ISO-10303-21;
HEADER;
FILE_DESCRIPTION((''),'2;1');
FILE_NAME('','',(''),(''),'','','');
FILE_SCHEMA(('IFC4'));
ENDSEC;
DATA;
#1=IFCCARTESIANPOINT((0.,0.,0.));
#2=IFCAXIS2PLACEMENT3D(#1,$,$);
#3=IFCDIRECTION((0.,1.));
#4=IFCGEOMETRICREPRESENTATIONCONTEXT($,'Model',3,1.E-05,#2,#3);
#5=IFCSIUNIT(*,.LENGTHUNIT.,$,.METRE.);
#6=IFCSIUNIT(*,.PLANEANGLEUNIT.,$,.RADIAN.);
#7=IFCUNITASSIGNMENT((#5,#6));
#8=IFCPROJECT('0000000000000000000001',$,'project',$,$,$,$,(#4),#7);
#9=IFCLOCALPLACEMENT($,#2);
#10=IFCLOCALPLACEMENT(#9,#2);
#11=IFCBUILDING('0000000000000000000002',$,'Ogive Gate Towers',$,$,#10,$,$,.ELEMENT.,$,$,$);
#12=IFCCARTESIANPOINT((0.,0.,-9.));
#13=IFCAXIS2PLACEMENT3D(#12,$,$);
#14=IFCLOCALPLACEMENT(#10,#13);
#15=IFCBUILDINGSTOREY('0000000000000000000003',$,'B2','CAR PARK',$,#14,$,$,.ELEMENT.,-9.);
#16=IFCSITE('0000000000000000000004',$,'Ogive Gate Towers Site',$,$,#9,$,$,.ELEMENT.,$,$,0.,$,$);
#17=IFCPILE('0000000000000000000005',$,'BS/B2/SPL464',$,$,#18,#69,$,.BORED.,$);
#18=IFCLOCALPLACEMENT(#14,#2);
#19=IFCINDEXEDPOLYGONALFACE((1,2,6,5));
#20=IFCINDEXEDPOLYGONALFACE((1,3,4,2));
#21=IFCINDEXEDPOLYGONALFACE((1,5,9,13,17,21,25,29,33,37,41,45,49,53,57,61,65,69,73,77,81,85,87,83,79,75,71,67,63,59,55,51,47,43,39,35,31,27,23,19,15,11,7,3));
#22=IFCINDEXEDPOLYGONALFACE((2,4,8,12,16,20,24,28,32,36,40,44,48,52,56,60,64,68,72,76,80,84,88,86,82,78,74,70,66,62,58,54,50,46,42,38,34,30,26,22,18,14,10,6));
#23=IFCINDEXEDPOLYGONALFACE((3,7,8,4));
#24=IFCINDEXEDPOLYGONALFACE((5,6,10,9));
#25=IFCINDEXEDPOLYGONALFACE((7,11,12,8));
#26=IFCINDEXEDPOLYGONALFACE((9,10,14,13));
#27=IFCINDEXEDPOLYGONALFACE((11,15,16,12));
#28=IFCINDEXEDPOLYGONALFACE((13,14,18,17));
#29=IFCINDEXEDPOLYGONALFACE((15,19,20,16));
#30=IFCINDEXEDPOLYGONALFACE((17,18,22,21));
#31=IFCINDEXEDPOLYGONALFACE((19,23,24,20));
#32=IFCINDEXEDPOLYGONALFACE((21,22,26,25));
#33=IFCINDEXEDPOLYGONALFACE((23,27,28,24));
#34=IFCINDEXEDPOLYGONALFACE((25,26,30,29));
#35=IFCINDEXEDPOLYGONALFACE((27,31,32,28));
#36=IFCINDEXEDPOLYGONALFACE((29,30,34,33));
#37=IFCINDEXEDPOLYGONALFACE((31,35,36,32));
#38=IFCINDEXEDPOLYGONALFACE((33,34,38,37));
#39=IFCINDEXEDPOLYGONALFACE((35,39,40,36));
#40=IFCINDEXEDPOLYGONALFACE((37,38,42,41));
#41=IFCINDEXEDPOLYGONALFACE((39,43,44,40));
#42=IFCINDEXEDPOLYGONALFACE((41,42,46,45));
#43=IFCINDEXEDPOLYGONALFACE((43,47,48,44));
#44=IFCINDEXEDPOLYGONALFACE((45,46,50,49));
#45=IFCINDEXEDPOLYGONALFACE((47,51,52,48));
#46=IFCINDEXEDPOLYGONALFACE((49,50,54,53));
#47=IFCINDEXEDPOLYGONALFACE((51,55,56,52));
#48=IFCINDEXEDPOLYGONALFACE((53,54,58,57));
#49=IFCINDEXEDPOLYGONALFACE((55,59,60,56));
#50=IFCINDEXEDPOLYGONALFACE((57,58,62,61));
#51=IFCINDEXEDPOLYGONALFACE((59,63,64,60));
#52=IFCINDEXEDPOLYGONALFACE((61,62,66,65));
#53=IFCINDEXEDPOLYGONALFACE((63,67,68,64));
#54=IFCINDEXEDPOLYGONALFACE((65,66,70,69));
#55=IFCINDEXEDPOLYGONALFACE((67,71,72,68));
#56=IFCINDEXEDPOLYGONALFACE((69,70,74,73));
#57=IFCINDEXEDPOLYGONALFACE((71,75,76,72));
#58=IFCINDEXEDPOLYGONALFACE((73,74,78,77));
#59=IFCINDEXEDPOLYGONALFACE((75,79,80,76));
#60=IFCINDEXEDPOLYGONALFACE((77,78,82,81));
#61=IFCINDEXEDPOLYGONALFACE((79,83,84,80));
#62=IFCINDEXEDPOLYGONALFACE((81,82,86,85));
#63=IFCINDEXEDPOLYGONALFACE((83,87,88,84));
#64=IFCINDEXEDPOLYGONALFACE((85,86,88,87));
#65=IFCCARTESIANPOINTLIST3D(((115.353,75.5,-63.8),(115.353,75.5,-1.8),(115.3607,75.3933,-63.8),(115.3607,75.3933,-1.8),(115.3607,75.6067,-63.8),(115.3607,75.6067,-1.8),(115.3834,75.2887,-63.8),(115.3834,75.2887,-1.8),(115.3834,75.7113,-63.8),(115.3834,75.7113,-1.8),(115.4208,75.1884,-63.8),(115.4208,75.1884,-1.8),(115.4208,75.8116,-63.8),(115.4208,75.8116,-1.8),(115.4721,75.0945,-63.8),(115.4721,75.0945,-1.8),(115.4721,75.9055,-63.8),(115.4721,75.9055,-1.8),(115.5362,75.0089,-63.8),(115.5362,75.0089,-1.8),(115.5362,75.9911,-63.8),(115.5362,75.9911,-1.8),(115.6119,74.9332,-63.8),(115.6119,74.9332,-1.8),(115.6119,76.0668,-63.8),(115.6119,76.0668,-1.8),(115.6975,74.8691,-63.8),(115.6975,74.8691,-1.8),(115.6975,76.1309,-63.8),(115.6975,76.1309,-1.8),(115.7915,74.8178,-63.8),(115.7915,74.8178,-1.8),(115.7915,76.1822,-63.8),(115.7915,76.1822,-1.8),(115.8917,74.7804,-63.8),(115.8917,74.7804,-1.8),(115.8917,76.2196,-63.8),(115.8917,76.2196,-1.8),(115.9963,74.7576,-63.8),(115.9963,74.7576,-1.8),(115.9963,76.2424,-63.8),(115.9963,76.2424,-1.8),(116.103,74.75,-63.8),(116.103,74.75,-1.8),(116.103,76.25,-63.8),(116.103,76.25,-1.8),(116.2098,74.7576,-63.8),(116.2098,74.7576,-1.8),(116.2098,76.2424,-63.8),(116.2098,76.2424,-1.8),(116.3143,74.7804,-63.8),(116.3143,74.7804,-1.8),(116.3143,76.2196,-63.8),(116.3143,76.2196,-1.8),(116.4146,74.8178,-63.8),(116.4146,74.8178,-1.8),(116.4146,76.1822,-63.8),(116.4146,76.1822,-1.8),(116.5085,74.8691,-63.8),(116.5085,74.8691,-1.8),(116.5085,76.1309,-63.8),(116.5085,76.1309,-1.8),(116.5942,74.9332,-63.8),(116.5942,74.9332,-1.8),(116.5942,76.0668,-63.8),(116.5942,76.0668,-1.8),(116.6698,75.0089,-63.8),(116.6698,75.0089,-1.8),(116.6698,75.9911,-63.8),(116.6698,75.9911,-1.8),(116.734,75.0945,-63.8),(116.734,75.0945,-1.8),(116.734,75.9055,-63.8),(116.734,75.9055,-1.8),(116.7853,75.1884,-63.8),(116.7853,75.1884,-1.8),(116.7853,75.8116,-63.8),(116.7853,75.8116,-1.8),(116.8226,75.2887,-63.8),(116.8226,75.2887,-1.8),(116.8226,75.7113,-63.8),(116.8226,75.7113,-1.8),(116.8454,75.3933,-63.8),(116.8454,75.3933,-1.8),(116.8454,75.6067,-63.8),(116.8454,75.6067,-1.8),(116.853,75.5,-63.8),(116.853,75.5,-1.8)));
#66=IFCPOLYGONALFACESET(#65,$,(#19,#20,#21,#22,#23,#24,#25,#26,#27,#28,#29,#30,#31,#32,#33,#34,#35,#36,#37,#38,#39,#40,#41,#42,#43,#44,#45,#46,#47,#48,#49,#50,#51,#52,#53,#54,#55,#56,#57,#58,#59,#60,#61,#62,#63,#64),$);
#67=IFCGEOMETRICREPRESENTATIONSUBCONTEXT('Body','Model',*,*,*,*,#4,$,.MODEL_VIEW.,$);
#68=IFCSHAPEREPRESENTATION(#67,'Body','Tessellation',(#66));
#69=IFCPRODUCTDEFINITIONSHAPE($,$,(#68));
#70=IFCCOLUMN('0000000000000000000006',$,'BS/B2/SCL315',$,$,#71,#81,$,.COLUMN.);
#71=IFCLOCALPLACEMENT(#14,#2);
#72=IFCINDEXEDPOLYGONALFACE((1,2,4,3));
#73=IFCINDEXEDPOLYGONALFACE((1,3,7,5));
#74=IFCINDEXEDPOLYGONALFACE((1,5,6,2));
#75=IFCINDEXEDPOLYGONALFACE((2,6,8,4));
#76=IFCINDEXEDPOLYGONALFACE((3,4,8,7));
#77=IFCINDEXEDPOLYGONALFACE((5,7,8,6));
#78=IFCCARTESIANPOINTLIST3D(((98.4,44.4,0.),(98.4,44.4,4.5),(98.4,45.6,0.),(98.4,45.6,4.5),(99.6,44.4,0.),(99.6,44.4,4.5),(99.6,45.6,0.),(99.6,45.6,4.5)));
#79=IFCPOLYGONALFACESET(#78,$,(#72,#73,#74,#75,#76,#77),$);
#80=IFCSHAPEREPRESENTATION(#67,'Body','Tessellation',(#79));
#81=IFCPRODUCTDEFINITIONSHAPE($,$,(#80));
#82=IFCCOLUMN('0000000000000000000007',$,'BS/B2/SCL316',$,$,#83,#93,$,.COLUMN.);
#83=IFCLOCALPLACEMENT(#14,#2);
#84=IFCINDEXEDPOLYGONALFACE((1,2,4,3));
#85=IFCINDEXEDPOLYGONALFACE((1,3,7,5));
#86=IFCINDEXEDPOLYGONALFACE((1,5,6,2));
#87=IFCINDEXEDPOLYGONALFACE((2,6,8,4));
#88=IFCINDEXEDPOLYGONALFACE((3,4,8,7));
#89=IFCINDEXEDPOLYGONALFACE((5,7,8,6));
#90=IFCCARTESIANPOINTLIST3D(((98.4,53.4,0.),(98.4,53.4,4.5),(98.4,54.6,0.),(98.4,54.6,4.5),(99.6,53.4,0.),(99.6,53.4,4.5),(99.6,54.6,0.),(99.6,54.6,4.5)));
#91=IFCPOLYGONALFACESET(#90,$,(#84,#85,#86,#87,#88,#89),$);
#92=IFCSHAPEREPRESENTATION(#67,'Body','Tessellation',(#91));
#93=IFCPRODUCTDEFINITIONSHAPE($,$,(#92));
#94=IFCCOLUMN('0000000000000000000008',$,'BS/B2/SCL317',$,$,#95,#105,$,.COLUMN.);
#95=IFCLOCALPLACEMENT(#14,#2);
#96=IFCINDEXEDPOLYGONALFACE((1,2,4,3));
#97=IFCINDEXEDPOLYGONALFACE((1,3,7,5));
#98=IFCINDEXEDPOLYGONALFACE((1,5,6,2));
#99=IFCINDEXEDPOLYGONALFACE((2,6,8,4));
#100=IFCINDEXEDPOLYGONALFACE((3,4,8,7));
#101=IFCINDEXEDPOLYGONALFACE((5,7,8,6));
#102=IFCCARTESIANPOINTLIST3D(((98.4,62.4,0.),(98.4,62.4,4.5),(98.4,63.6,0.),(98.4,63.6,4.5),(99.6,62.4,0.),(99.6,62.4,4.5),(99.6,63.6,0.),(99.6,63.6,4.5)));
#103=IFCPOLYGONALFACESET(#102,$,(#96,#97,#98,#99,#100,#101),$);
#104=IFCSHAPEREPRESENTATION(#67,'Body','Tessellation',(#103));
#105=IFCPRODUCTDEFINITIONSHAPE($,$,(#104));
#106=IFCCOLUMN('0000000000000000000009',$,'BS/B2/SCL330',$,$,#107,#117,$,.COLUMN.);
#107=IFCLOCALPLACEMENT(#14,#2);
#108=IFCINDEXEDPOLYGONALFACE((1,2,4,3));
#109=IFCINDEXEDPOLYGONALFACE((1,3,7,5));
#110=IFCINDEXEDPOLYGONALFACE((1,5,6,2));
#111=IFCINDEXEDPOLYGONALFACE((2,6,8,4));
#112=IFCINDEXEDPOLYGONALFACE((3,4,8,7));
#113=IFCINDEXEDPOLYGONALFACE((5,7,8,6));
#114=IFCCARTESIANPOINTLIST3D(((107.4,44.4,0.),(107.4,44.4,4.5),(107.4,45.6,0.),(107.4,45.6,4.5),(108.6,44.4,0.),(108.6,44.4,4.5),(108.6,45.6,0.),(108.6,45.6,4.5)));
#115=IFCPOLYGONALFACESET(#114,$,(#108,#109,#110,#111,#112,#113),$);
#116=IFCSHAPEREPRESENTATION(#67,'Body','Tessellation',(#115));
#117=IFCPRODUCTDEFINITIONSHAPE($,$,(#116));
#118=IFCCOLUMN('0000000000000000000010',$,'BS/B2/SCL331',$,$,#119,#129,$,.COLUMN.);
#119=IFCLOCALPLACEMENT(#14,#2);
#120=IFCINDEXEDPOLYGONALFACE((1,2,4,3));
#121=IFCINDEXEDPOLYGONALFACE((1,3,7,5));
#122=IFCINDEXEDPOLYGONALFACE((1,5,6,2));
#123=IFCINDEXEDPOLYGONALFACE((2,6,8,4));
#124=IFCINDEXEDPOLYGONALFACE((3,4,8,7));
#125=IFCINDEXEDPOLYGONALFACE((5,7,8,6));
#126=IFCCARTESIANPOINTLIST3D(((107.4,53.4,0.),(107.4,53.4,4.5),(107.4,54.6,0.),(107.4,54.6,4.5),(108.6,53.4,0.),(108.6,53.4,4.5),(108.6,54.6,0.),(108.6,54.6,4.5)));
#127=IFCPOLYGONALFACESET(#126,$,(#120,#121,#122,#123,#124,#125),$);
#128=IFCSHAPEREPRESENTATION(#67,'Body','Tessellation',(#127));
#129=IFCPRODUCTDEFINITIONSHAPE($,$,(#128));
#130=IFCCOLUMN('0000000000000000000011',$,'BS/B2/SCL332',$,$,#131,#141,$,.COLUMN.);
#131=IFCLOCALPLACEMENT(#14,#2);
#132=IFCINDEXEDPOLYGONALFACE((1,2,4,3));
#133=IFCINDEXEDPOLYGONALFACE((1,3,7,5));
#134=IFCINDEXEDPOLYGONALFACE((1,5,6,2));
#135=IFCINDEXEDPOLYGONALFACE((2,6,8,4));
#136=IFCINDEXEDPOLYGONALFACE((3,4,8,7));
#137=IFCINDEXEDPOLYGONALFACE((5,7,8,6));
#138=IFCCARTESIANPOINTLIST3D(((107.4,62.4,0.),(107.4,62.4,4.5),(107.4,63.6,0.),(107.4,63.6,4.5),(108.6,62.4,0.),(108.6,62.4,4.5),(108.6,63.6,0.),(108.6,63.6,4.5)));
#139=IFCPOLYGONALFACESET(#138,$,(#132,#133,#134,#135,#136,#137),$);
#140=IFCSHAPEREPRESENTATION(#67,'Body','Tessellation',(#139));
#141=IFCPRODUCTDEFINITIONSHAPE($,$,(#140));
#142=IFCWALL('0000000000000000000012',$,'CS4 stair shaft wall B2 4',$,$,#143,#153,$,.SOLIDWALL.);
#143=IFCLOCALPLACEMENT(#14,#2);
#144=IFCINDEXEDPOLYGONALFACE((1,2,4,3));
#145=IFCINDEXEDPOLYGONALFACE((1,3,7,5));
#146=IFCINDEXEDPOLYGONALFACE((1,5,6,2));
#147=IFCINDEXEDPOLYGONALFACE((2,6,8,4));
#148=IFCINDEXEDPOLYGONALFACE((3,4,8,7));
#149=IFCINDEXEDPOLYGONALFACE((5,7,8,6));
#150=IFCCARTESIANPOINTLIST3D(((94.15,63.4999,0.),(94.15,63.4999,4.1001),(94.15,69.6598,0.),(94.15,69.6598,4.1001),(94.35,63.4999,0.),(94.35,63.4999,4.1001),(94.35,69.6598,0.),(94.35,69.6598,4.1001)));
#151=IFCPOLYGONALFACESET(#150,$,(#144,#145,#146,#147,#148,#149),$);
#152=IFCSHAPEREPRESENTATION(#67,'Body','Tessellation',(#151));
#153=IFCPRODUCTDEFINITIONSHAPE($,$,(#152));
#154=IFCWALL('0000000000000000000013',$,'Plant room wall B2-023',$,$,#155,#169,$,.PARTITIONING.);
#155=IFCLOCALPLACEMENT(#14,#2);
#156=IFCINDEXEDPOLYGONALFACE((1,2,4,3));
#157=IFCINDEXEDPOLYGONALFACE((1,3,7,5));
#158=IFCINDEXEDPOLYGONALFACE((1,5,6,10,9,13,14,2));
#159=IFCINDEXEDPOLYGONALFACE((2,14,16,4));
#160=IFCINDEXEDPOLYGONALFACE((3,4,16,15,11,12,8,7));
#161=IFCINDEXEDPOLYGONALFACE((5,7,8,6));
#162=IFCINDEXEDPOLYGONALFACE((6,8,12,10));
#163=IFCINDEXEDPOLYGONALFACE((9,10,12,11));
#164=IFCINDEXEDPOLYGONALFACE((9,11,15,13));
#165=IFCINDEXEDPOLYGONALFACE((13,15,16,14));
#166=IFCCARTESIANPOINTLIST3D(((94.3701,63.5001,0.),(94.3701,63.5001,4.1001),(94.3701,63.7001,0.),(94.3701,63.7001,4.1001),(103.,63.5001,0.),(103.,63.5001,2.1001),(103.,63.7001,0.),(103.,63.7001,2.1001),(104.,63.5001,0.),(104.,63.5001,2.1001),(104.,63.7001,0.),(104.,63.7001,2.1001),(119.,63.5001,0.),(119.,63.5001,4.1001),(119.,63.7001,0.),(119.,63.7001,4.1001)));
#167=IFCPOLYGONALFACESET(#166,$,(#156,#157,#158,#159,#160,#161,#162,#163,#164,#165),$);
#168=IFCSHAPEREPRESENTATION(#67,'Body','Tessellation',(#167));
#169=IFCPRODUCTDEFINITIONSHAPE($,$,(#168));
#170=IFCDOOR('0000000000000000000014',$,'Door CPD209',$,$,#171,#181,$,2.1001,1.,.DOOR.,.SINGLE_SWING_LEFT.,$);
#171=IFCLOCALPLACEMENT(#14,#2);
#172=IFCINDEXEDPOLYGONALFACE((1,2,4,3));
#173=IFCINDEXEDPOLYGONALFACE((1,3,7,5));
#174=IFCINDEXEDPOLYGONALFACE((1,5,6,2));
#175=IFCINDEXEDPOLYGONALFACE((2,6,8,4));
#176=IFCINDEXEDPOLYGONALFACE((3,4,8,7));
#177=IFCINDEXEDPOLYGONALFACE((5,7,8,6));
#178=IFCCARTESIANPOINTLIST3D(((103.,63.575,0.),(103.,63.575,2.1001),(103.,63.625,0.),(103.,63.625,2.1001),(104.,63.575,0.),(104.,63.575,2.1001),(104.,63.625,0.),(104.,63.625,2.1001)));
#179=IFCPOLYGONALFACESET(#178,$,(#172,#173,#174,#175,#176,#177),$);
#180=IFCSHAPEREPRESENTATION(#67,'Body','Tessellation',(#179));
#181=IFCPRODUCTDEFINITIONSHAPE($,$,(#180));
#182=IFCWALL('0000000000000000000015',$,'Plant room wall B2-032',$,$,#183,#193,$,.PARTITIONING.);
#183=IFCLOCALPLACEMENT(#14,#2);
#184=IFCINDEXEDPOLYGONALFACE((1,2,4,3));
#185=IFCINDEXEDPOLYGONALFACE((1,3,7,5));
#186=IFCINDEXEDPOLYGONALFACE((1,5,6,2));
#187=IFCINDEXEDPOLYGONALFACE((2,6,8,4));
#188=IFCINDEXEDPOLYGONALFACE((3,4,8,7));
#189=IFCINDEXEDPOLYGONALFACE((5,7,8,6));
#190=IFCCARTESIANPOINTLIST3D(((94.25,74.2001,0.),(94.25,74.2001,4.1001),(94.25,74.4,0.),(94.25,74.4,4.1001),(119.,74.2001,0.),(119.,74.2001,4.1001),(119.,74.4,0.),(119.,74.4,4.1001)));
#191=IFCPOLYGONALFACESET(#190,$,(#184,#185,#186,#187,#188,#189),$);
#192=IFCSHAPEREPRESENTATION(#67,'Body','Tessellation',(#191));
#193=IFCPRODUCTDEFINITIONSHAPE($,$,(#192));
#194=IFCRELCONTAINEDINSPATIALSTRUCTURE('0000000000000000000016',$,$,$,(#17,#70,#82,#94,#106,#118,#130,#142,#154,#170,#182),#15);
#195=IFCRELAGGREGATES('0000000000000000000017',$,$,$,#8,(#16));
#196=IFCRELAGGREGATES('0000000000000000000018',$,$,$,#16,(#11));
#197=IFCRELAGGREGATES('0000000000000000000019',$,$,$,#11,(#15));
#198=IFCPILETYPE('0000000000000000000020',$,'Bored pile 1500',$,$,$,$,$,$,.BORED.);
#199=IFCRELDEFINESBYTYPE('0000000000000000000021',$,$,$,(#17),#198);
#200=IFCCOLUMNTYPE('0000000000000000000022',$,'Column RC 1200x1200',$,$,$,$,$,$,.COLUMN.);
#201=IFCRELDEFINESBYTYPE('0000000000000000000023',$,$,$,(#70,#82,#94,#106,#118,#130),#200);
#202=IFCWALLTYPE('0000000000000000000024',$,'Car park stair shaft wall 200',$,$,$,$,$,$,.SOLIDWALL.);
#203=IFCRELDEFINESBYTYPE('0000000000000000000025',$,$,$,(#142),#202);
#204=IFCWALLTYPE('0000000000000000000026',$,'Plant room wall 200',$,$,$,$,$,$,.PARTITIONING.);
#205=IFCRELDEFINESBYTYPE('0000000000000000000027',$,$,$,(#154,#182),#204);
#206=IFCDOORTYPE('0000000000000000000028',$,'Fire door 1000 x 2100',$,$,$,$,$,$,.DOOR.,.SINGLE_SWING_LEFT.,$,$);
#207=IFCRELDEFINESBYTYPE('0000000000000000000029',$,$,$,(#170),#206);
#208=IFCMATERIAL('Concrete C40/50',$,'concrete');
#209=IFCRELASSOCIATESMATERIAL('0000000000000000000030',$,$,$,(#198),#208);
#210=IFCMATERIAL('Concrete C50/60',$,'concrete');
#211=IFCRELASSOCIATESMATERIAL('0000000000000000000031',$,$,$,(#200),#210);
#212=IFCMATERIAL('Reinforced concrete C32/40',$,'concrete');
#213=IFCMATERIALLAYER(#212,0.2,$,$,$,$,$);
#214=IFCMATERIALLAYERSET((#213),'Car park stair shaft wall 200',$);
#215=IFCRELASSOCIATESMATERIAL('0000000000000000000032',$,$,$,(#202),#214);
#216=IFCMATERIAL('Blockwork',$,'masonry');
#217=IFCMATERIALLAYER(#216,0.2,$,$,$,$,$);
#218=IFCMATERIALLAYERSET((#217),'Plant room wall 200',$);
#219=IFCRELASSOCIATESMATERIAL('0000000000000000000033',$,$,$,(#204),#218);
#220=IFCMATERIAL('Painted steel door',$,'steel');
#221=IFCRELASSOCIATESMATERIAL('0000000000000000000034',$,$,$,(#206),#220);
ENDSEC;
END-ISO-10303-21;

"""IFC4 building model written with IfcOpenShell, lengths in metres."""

from ifc_helpers import new_model, si_unit, direction, frame, frame_2d, origin, origin_2d, place, context, subcontext, project, spatial, rectangle, circle, extrude, material, layer, layer_set, material_profile, profile_set, type_object, element, fill, save


model = new_model("IFC4")

# Units and contexts
model_context = context("Model", 3, precision=1e-05, world=origin(), true_north=direction((0.0, 1.0)))
body_context = subcontext(model_context, "Body", "Model", "MODEL_VIEW")
ifc_project = project(units=[si_unit("LENGTHUNIT", "METRE"), si_unit("PLANEANGLEUNIT", "RADIAN")], contexts=[model_context])

# Site, building, storey
site_placement = place(None, origin())
site = spatial("IfcSite", under=ifc_project, at=site_placement, Name="Ogive Gate Towers Site", CompositionType="ELEMENT", RefElevation=0.0)
building_placement = place(site_placement, origin())
building = spatial("IfcBuilding", under=site, at=building_placement, Name="Ogive Gate Towers", CompositionType="ELEMENT")
storey_placement = place(building_placement, frame((0.0, 0.0, -9.0)))
storey = spatial("IfcBuildingStorey", under=building, at=storey_placement, Name="B2", Description="CAR PARK", CompositionType="ELEMENT", Elevation=-9.0)

# Pile
ifc_material_1 = material(Name="Concrete C40/50", Category="concrete")
ifc_material_profile_1 = material_profile(ifc_material_1, circle(Radius=0.75, at=origin_2d()), Name="BP 1500")
ifc_profile_set_1 = profile_set([ifc_material_profile_1], Name="Concrete C40/50")
pile_type = type_object("IfcPileType", Name="Bored pile 1500", PredefinedType="BORED", material=ifc_profile_set_1)
for number, where, z_axis, x_axis, name in (
    (1, (116.103, 75.5, -1.8), (0.0, 0.0, -1.0), (1.0, 0.0, 0.0), "BS/B2/SPL464"),
):
    element("IfcPile", number, at=place(storey_placement, frame(where, z_axis=z_axis, x_axis=x_axis)), inside=storey, type_object=pile_type, Name=name, PredefinedType="BORED", context=body_context, shape_type="SweptSolid", body=[
        extrude(circle(Radius=0.75, at=origin_2d()), origin(), (0.0, 0.0, 1.0), 62.0),
    ])

# Columns
ifc_material_2 = material(Name="Concrete C50/60", Category="concrete")
ifc_material_profile_2 = material_profile(ifc_material_2, rectangle(XDim=1.2, YDim=1.2, at=origin_2d()), Name="RC 1200x1200")
ifc_profile_set_2 = profile_set([ifc_material_profile_2], Name="Concrete C50/60")
column_type = type_object("IfcColumnType", Name="Column RC 1200x1200", PredefinedType="COLUMN", material=ifc_profile_set_2)
for number, where, z_axis, x_axis, name in (
    (2, (99.0, 45.0, 0.0), (0.0, 0.0, 1.0), (1.0, 0.0, 0.0), "BS/B2/SCL315"),
    (3, (99.0, 54.0, 0.0), (0.0, 0.0, 1.0), (1.0, 0.0, 0.0), "BS/B2/SCL316"),
    (4, (99.0, 63.0, 0.0), (0.0, 0.0, 1.0), (1.0, 0.0, 0.0), "BS/B2/SCL317"),
    (5, (108.0, 45.0, 0.0), (0.0, 0.0, 1.0), (1.0, 0.0, 0.0), "BS/B2/SCL330"),
    (6, (108.0, 54.0, 0.0), (0.0, 0.0, 1.0), (1.0, 0.0, 0.0), "BS/B2/SCL331"),
    (7, (108.0, 63.0, 0.0), (0.0, 0.0, 1.0), (1.0, 0.0, 0.0), "BS/B2/SCL332"),
):
    element("IfcColumn", number, at=place(storey_placement, frame(where, z_axis=z_axis, x_axis=x_axis)), inside=storey, type_object=column_type, Name=name, PredefinedType="COLUMN", context=body_context, shape_type="SweptSolid", body=[
        extrude(rectangle(XDim=1.2, YDim=1.2, at=origin_2d()), origin(), (0.0, 0.0, 1.0), 4.5),
    ])

# Wall
ifc_material_3 = material(Name="Reinforced concrete C32/40", Category="concrete")
ifc_layer_1 = layer(ifc_material_3, 0.2)
ifc_layer_set_1 = layer_set([ifc_layer_1], Name="Car park stair shaft wall 200")
wall_type_1 = type_object("IfcWallType", Name="Car park stair shaft wall 200", PredefinedType="SOLIDWALL", material=ifc_layer_set_1)
wall_1_placement = place(storey_placement, frame((94.25, 69.6599, 0.0), z_axis=(0.0, 0.0, 1.0), x_axis=(0.0, -1.0, 0.0)))
element("IfcWall", 8, at=wall_1_placement, inside=storey, type_object=wall_type_1, Name="CS4 stair shaft wall B2 4", PredefinedType="SOLIDWALL", context=body_context, shape_type="SweptSolid", body=[
    extrude(rectangle(XDim=6.1599, YDim=0.2, at=frame_2d((3.0801, 0.0))), origin(), (0.0, 0.0, 1.0), 4.1001),
])

# Wall, opening, door
ifc_material_4 = material(Name="Blockwork", Category="masonry")
ifc_layer_2 = layer(ifc_material_4, 0.2)
ifc_layer_set_2 = layer_set([ifc_layer_2], Name="Plant room wall 200")
wall_type_2 = type_object("IfcWallType", Name="Plant room wall 200", PredefinedType="PARTITIONING", material=ifc_layer_set_2)
wall_2_placement = place(storey_placement, frame((94.3701, 63.6001, 0.0), z_axis=(0.0, 0.0, 1.0), x_axis=(1.0, 0.0, 0.0)))
wall_2 = element("IfcWall", 9, at=wall_2_placement, inside=storey, type_object=wall_type_2, Name="Plant room wall B2-023", PredefinedType="PARTITIONING", context=body_context, shape_type="SweptSolid", body=[
    extrude(rectangle(XDim=24.6299, YDim=0.2, at=frame_2d((12.3149, 0.0))), origin(), (0.0, 0.0, 1.0), 4.1001),
])
opening_placement = place(wall_2_placement, frame((8.6299, 0.0, 0.0)))
opening = element("IfcOpeningElement", 10, at=opening_placement, cuts=wall_2, PredefinedType="OPENING", context=body_context, shape_type="SweptSolid", body=[
    extrude(rectangle(XDim=1.0, YDim=2.1001, at=frame_2d((0.5, 1.05))), frame((0.0, 0.1099, 0.0), z_axis=(0.0, -1.0, 0.0), x_axis=(1.0, 0.0, 0.0)), (0.0, 0.0, 1.0), 0.22),
])
ifc_material_5 = material(Name="Painted steel door", Category="steel")
door_type = type_object("IfcDoorType", Name="Fire door 1000 x 2100", OperationType="SINGLE_SWING_LEFT", PredefinedType="DOOR", material=ifc_material_5)
door_placement = place(opening_placement, origin())
door = element("IfcDoor", 11, at=door_placement, inside=storey, type_object=door_type, Name="Door CPD209", OperationType="SINGLE_SWING_LEFT", OverallHeight=2.1001, OverallWidth=1.0, PredefinedType="DOOR", context=body_context, shape_type="SweptSolid", body=[
    extrude(rectangle(XDim=1.0, YDim=2.1001, at=frame_2d((0.5, 1.05))), frame((0.0, 0.0249, 0.0), z_axis=(0.0, -1.0, 0.0), x_axis=(1.0, 0.0, 0.0)), (0.0, 0.0, 1.0), 0.05),
])
fill(opening, door)

# Wall
wall_3_placement = place(storey_placement, frame((94.25, 74.3, 0.0), z_axis=(0.0, 0.0, 1.0), x_axis=(1.0, 0.0, 0.0)))
element("IfcWall", 12, at=wall_3_placement, inside=storey, type_object=wall_type_2, Name="Plant room wall B2-032", PredefinedType="PARTITIONING", context=body_context, shape_type="SweptSolid", body=[
    extrude(rectangle(XDim=24.75, YDim=0.2, at=frame_2d((12.375, 0.0))), origin(), (0.0, 0.0, 1.0), 4.1001),
])

save(model, "model.ifc")
